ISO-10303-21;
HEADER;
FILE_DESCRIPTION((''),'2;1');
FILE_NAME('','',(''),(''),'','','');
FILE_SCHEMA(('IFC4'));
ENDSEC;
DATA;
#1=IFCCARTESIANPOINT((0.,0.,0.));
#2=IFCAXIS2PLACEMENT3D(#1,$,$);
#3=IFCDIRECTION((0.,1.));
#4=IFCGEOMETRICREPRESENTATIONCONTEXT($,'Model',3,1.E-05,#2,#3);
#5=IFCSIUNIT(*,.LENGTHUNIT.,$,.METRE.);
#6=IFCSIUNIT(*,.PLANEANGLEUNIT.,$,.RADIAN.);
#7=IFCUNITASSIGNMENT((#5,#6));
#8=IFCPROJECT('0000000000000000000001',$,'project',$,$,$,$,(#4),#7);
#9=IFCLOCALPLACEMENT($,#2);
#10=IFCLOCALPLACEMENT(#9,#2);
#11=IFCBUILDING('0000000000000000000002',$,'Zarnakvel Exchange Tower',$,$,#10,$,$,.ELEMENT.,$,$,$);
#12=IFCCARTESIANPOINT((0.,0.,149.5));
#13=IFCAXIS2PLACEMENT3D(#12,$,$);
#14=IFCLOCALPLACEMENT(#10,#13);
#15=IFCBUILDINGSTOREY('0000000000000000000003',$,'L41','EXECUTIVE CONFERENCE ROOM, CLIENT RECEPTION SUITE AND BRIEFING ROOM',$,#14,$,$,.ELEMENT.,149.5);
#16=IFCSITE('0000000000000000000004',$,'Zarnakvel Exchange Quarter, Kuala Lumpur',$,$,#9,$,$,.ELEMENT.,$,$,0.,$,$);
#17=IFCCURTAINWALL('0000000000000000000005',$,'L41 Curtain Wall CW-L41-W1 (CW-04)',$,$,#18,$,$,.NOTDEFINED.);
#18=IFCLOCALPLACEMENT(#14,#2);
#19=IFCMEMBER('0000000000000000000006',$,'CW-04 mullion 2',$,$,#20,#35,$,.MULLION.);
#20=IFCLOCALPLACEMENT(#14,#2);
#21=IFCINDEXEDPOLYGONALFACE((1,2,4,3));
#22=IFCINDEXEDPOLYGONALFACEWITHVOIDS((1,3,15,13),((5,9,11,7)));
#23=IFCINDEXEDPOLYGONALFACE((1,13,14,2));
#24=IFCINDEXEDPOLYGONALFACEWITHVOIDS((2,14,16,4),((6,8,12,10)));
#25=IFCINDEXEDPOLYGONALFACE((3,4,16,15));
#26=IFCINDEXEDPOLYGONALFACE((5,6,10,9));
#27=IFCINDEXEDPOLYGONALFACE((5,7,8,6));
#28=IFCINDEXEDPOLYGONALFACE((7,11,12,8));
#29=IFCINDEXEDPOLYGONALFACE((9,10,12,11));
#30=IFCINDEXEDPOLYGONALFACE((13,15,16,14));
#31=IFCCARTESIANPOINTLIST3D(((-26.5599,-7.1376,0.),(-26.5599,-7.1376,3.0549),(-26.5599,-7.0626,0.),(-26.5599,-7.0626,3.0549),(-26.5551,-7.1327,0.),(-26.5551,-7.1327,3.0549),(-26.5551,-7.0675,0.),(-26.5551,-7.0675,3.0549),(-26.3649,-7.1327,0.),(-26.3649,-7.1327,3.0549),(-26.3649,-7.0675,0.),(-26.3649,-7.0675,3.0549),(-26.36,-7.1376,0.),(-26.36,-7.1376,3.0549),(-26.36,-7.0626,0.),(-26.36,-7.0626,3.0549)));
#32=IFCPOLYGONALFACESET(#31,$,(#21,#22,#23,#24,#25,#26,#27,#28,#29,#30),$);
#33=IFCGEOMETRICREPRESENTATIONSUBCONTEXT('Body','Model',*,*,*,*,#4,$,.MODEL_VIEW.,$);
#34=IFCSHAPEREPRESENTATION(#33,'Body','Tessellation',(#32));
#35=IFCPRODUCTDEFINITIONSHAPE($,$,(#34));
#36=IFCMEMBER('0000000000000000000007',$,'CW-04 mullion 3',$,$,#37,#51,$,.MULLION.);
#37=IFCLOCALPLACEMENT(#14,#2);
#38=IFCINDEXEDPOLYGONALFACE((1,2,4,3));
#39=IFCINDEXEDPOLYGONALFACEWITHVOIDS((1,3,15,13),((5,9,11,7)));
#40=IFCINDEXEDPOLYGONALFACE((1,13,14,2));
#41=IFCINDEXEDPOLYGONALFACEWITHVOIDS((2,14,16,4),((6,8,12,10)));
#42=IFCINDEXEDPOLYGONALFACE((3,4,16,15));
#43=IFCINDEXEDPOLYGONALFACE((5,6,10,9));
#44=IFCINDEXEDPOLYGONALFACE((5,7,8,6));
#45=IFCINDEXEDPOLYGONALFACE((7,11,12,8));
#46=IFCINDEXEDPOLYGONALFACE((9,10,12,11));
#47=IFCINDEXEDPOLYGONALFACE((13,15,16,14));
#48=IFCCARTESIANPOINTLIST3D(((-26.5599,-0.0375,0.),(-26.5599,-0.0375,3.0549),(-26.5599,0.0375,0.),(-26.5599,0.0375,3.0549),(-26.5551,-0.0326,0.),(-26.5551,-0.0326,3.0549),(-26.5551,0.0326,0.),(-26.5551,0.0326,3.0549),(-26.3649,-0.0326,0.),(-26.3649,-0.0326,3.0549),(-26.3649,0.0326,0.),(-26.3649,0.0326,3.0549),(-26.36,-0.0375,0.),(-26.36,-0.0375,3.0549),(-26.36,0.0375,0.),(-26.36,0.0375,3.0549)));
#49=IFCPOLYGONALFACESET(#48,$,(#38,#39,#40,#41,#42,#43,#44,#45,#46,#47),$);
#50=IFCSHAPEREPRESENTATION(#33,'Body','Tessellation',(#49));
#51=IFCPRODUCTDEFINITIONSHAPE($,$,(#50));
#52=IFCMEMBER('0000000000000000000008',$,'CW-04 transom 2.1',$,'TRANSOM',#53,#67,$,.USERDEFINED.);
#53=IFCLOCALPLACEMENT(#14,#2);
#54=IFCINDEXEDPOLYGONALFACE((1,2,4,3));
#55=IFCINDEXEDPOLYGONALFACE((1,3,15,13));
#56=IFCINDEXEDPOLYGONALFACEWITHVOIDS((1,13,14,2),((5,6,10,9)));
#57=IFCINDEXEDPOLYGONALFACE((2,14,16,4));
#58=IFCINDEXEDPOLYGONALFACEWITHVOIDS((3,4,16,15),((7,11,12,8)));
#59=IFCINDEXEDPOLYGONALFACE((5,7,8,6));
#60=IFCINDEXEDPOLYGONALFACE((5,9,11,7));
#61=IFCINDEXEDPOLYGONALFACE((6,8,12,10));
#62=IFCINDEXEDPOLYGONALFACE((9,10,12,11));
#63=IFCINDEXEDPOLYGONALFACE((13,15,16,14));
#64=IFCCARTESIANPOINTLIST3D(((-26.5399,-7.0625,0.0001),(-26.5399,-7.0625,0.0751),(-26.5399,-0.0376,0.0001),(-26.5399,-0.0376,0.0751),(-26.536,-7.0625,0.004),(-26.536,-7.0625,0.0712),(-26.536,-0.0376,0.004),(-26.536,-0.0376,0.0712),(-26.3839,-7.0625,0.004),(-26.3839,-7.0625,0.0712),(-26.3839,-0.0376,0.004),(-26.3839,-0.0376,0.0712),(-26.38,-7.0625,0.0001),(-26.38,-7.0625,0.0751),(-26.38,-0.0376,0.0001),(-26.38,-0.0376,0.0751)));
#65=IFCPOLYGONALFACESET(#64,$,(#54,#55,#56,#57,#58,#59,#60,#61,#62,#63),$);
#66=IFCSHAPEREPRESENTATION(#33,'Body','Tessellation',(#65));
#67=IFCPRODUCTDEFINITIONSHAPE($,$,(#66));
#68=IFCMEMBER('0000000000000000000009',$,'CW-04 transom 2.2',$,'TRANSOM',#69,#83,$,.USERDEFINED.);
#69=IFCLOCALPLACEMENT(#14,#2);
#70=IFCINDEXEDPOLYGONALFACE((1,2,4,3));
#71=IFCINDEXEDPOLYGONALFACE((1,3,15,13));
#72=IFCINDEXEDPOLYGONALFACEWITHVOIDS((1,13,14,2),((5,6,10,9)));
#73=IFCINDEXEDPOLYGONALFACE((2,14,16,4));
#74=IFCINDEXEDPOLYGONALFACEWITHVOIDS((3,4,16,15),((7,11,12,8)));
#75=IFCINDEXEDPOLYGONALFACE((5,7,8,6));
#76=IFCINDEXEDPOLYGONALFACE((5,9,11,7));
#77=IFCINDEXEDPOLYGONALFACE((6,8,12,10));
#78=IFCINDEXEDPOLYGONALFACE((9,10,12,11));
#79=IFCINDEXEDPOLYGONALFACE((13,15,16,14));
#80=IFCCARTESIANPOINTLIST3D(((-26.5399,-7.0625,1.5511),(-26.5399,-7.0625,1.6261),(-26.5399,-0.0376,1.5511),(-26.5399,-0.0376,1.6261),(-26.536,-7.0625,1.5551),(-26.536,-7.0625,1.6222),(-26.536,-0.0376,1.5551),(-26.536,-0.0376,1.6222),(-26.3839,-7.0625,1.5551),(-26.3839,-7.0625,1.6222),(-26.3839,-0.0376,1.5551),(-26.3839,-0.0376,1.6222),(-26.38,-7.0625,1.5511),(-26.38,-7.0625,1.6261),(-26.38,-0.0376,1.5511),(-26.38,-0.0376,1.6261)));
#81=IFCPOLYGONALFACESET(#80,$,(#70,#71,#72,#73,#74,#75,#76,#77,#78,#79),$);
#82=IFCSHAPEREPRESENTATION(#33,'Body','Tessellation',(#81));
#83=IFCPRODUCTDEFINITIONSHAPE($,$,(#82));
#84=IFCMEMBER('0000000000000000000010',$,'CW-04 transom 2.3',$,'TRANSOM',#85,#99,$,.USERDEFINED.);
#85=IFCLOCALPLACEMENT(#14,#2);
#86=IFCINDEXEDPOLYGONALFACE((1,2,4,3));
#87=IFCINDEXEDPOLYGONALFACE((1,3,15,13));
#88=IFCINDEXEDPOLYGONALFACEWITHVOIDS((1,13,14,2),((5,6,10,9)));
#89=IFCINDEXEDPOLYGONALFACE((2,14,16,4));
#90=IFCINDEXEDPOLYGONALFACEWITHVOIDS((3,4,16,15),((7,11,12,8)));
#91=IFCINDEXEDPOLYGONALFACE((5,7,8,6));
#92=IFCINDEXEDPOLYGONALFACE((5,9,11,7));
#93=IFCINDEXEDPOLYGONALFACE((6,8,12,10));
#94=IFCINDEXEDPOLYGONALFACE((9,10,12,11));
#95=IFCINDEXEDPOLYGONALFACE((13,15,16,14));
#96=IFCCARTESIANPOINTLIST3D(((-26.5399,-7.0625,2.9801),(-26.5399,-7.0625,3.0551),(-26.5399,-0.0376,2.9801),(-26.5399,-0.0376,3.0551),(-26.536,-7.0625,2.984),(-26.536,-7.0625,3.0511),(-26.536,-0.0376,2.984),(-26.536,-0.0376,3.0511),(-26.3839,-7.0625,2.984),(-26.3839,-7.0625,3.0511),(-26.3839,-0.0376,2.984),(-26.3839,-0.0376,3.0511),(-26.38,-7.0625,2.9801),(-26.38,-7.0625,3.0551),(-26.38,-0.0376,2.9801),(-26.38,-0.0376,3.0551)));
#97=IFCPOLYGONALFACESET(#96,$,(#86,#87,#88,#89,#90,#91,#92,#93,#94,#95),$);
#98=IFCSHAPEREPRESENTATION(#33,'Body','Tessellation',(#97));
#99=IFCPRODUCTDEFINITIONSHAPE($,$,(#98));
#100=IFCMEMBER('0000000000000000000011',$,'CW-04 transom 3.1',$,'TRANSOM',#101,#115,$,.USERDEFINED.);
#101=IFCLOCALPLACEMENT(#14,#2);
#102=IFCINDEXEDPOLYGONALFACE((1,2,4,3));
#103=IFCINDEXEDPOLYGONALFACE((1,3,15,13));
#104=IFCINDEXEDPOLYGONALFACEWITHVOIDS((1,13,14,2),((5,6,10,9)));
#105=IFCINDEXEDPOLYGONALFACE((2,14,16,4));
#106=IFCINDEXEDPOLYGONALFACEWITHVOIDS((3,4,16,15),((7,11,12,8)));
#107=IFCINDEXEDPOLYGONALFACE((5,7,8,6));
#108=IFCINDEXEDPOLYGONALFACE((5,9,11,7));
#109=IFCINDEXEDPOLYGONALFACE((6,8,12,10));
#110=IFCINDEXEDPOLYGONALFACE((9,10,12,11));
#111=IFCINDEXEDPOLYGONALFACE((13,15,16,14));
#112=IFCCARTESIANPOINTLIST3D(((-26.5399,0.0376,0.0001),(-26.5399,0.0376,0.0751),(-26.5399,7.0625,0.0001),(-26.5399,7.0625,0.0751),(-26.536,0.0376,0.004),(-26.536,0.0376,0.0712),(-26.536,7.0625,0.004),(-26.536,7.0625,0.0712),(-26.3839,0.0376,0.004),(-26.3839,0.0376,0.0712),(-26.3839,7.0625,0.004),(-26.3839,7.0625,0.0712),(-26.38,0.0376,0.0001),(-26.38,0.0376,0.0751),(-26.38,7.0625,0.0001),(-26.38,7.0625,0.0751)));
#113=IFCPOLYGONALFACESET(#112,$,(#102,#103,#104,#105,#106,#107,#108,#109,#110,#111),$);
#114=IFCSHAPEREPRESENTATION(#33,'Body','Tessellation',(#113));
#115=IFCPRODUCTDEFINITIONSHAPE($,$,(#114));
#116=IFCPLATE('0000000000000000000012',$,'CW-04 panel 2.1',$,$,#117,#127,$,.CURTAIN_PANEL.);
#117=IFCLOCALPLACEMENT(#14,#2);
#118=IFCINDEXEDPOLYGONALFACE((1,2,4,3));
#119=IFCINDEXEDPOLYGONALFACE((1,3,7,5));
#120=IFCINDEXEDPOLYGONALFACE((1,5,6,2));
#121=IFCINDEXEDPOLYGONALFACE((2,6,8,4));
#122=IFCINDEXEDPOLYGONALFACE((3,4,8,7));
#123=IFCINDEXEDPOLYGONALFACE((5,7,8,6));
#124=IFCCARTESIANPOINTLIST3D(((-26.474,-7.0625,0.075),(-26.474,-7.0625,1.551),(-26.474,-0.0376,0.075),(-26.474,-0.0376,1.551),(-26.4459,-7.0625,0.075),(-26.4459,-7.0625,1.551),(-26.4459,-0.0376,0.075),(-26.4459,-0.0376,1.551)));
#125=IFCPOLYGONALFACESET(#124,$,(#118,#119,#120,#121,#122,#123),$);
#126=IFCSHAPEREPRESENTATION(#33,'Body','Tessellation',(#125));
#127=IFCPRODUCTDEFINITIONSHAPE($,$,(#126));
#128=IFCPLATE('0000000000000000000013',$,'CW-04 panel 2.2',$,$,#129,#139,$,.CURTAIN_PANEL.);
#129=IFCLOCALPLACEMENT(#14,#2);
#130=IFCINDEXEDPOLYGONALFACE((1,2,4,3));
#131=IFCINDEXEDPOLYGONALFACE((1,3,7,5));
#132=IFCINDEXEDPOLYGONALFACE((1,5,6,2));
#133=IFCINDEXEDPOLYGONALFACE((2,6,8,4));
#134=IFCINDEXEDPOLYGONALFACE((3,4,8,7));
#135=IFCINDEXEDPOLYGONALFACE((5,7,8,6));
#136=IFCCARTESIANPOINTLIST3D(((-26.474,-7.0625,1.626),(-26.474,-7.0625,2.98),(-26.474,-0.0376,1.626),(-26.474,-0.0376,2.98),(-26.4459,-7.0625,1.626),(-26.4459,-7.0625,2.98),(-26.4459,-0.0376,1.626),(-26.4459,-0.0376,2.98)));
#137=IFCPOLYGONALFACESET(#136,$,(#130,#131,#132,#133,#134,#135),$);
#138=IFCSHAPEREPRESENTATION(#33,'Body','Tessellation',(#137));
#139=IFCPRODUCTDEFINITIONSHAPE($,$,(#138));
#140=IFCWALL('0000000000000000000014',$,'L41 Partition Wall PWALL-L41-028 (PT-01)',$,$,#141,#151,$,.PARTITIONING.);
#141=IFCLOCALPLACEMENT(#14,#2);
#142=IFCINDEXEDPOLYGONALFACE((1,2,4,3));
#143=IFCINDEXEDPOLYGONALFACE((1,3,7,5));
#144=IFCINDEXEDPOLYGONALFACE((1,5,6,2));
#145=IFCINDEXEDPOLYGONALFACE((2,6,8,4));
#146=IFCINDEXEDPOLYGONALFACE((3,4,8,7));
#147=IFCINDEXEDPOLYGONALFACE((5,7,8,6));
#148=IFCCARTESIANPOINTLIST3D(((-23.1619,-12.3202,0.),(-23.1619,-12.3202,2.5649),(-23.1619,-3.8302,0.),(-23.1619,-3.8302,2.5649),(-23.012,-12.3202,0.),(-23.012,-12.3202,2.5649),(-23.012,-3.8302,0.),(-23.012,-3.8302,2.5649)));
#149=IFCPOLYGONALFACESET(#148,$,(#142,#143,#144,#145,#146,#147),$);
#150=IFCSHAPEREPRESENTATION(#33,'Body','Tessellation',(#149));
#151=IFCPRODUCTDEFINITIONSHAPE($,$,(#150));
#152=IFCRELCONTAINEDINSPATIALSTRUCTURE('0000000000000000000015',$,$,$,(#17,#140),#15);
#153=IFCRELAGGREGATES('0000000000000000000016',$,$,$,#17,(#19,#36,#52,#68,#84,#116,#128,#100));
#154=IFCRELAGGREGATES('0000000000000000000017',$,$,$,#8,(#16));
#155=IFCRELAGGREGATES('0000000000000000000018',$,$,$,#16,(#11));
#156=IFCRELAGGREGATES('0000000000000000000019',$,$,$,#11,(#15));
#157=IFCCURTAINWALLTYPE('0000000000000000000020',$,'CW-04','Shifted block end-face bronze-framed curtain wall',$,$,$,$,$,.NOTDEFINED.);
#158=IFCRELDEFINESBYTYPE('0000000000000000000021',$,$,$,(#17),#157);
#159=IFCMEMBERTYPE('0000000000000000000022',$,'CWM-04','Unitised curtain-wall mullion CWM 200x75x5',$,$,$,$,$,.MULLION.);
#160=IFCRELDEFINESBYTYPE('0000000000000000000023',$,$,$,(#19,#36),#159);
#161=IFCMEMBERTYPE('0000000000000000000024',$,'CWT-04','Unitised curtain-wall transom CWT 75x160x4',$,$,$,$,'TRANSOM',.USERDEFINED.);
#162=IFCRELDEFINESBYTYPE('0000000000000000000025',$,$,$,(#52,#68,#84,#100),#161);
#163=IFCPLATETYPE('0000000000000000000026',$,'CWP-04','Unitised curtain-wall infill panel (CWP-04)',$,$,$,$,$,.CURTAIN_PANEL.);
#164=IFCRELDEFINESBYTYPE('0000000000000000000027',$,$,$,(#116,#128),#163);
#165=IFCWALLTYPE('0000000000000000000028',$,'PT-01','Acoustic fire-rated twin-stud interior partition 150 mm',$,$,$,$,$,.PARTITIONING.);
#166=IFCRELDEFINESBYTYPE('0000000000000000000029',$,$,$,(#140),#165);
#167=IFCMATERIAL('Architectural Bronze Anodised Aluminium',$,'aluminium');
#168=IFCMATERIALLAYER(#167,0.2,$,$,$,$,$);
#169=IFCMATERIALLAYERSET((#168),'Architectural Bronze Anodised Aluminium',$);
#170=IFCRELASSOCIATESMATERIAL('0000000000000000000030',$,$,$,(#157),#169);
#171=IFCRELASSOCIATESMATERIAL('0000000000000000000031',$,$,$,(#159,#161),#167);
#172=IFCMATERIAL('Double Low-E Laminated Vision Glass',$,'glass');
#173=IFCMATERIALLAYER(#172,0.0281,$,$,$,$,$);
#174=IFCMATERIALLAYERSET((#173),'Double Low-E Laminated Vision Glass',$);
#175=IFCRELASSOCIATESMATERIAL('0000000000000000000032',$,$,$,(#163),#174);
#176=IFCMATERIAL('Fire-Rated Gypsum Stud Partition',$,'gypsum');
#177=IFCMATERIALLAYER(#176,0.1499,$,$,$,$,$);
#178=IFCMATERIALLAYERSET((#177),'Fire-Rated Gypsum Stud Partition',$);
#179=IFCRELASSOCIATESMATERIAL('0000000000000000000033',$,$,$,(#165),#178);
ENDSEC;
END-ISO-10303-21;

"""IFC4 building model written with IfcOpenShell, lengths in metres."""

from ifc_helpers import new_model, si_unit, direction, frame, frame_2d, origin, origin_2d, place, context, subcontext, project, spatial, rectangle, hollow_rectangle, extrude, source, transform, mapped, material, layer, layer_set, material_profile, profile_set, type_object, element, aggregate, save


model = new_model("IFC4")

# Units and contexts
model_context = context("Model", 3, precision=1e-05, world=origin(), true_north=direction((0.0, 1.0)))
body_context = subcontext(model_context, "Body", "Model", "MODEL_VIEW")
ifc_project = project(units=[si_unit("LENGTHUNIT", "METRE"), si_unit("PLANEANGLEUNIT", "RADIAN")], contexts=[model_context])

# Site, building, storey
site_placement = place(None, origin())
site = spatial("IfcSite", under=ifc_project, at=site_placement, Name="Zarnakvel Exchange Quarter, Kuala Lumpur", CompositionType="ELEMENT", RefElevation=0.0)
building_placement = place(site_placement, origin())
building = spatial("IfcBuilding", under=site, at=building_placement, Name="Zarnakvel Exchange Tower", CompositionType="ELEMENT")
storey_placement = place(building_placement, frame((0.0, 0.0, 149.5)))
storey = spatial("IfcBuildingStorey", under=building, at=storey_placement, Name="L41", Description="EXECUTIVE CONFERENCE ROOM, CLIENT RECEPTION SUITE AND BRIEFING ROOM", CompositionType="ELEMENT", Elevation=149.5)

# Curtain wall, members, plates
ifc_material_1 = material(Name="Architectural Bronze Anodised Aluminium", Category="aluminium")
ifc_layer_1 = layer(ifc_material_1, 0.2)
ifc_layer_set_1 = layer_set([ifc_layer_1], Name="Architectural Bronze Anodised Aluminium")
curtain_wall_type = type_object("IfcCurtainWallType", Name="CW-04", Description="Shifted block end-face bronze-framed curtain wall", PredefinedType="NOTDEFINED", material=ifc_layer_set_1)
curtain_wall_placement = place(storey_placement, origin())
curtain_wall = element("IfcCurtainWall", 1, at=curtain_wall_placement, inside=storey, type_object=curtain_wall_type, Name="L41 Curtain Wall CW-L41-W1 (CW-04)", PredefinedType="NOTDEFINED")
ifc_material_profile_1 = material_profile(ifc_material_1, hollow_rectangle(XDim=0.2, YDim=0.075, WallThickness=0.0049, at=origin_2d()))
ifc_profile_set_1 = profile_set([ifc_material_profile_1], Name="Architectural Bronze Anodised Aluminium")
member_type_1 = type_object("IfcMemberType", Name="CWM-04", Description="Unitised curtain-wall mullion CWM 200x75x5", PredefinedType="MULLION", material=ifc_profile_set_1)
shared_shape_1 = source(origin(), body_context, "Body", "SweptSolid", [
    extrude(hollow_rectangle(XDim=0.2, YDim=0.075, WallThickness=0.0049, at=origin_2d()), origin(), (0.0, 0.0, 1.0), 3.0549),
])
member_1_placement = place(storey_placement, frame((-26.46, -7.1001, 0.0), z_axis=(0.0, 0.0, 1.0), x_axis=(-1.0, 0.0, 0.0)))
member_1 = element("IfcMember", 2, at=member_1_placement, type_object=member_type_1, Name="CW-04 mullion 2", PredefinedType="MULLION", context=body_context, shape_type="MappedRepresentation", body=[
    mapped(shared_shape_1, transform((0.0, 0.0, 0.0), x_axis=(1.0, 0.0, 0.0), y_axis=(0.0, 1.0, 0.0), z_axis=(0.0, 0.0, 1.0), scale=1.0)),
])
member_2_placement = place(storey_placement, frame((-26.46, 0.0, 0.0), z_axis=(0.0, 0.0, 1.0), x_axis=(-1.0, 0.0, 0.0)))
member_2 = element("IfcMember", 3, at=member_2_placement, type_object=member_type_1, Name="CW-04 mullion 3", PredefinedType="MULLION", context=body_context, shape_type="MappedRepresentation", body=[
    mapped(shared_shape_1, transform((0.0, 0.0, 0.0), x_axis=(1.0, 0.0, 0.0), y_axis=(0.0, 1.0, 0.0), z_axis=(0.0, 0.0, 1.0), scale=1.0)),
])
ifc_material_profile_2 = material_profile(ifc_material_1, hollow_rectangle(XDim=0.1599, YDim=0.075, WallThickness=0.0039, at=origin_2d()))
ifc_profile_set_2 = profile_set([ifc_material_profile_2], Name="Architectural Bronze Anodised Aluminium")
member_type_2 = type_object("IfcMemberType", Name="CWT-04", Description="Unitised curtain-wall transom CWT 75x160x4", ElementType="TRANSOM", PredefinedType="USERDEFINED", material=ifc_profile_set_2)
shared_shape_2 = source(origin(), body_context, "Body", "SweptSolid", [
    extrude(hollow_rectangle(XDim=0.1599, YDim=0.075, WallThickness=0.0039, at=origin_2d()), origin(), (0.0, 0.0, 1.0), 7.0249),
])
member_3_placement = place(storey_placement, frame((-26.46, -7.0625, 0.0376), z_axis=(0.0, 1.0, 0.0), x_axis=(-1.0, 0.0, 0.0)))
member_3 = element("IfcMember", 4, at=member_3_placement, type_object=member_type_2, Name="CW-04 transom 2.1", ObjectType="TRANSOM", PredefinedType="USERDEFINED", context=body_context, shape_type="MappedRepresentation", body=[
    mapped(shared_shape_2, transform((0.0, 0.0, 0.0), x_axis=(1.0, 0.0, 0.0), y_axis=(0.0, 1.0, 0.0), z_axis=(0.0, 0.0, 1.0), scale=1.0)),
])
member_4_placement = place(storey_placement, frame((-26.46, -7.0625, 1.5886), z_axis=(0.0, 1.0, 0.0), x_axis=(-1.0, 0.0, 0.0)))
member_4 = element("IfcMember", 5, at=member_4_placement, type_object=member_type_2, Name="CW-04 transom 2.2", ObjectType="TRANSOM", PredefinedType="USERDEFINED", context=body_context, shape_type="MappedRepresentation", body=[
    mapped(shared_shape_2, transform((0.0, 0.0, 0.0), x_axis=(1.0, 0.0, 0.0), y_axis=(0.0, 1.0, 0.0), z_axis=(0.0, 0.0, 1.0), scale=1.0)),
])
member_5_placement = place(storey_placement, frame((-26.46, -7.0625, 3.0176), z_axis=(0.0, 1.0, 0.0), x_axis=(-1.0, 0.0, 0.0)))
member_5 = element("IfcMember", 6, at=member_5_placement, type_object=member_type_2, Name="CW-04 transom 2.3", ObjectType="TRANSOM", PredefinedType="USERDEFINED", context=body_context, shape_type="MappedRepresentation", body=[
    mapped(shared_shape_2, transform((0.0, 0.0, 0.0), x_axis=(1.0, 0.0, 0.0), y_axis=(0.0, 1.0, 0.0), z_axis=(0.0, 0.0, 1.0), scale=1.0)),
])
member_6_placement = place(storey_placement, frame((-26.46, 0.0376, 0.0376), z_axis=(0.0, 1.0, 0.0), x_axis=(-1.0, 0.0, 0.0)))
member_6 = element("IfcMember", 7, at=member_6_placement, type_object=member_type_2, Name="CW-04 transom 3.1", ObjectType="TRANSOM", PredefinedType="USERDEFINED", context=body_context, shape_type="MappedRepresentation", body=[
    mapped(shared_shape_2, transform((0.0, 0.0, 0.0), x_axis=(1.0, 0.0, 0.0), y_axis=(0.0, 1.0, 0.0), z_axis=(0.0, 0.0, 1.0), scale=1.0)),
])
ifc_material_2 = material(Name="Double Low-E Laminated Vision Glass", Category="glass")
ifc_layer_2 = layer(ifc_material_2, 0.0281)
ifc_layer_set_2 = layer_set([ifc_layer_2], Name="Double Low-E Laminated Vision Glass")
plate_type = type_object("IfcPlateType", Name="CWP-04", Description="Unitised curtain-wall infill panel (CWP-04)", PredefinedType="CURTAIN_PANEL", material=ifc_layer_set_2)
shared_shape_3 = source(origin(), body_context, "Body", "SweptSolid", [
    extrude(rectangle(XDim=7.0249, YDim=0.0281, at=origin_2d()), origin(), (0.0, 0.0, 1.0), 1.4761),
])
plate_1_placement = place(storey_placement, frame((-26.46, -3.55, 0.075), z_axis=(0.0, 0.0, 1.0), x_axis=(0.0, 1.0, 0.0)))
plate_1 = element("IfcPlate", 8, at=plate_1_placement, type_object=plate_type, Name="CW-04 panel 2.1", PredefinedType="CURTAIN_PANEL", context=body_context, shape_type="MappedRepresentation", body=[
    mapped(shared_shape_3, transform((0.0, 0.0, 0.0), x_axis=(1.0, 0.0, 0.0), y_axis=(0.0, 1.0, 0.0), z_axis=(0.0, 0.0, 1.0), scale=1.0)),
])
shared_shape_4 = source(origin(), body_context, "Body", "SweptSolid", [
    extrude(rectangle(XDim=7.0249, YDim=0.0281, at=origin_2d()), origin(), (0.0, 0.0, 1.0), 1.354),
])
plate_2_placement = place(storey_placement, frame((-26.46, -3.55, 1.626), z_axis=(0.0, 0.0, 1.0), x_axis=(0.0, 1.0, 0.0)))
plate_2 = element("IfcPlate", 9, at=plate_2_placement, type_object=plate_type, Name="CW-04 panel 2.2", PredefinedType="CURTAIN_PANEL", context=body_context, shape_type="MappedRepresentation", body=[
    mapped(shared_shape_4, transform((0.0, 0.0, 0.0), x_axis=(1.0, 0.0, 0.0), y_axis=(0.0, 1.0, 0.0), z_axis=(0.0, 0.0, 1.0), scale=1.0)),
])
aggregate(curtain_wall, [member_1, member_2, member_3, member_4, member_5, plate_1, plate_2, member_6])

# Shared definitions
ifc_material_3 = material(Name="Fire-Rated Gypsum Stud Partition", Category="gypsum")
ifc_layer_3 = layer(ifc_material_3, 0.1499)
ifc_layer_set_3 = layer_set([ifc_layer_3], Name="Fire-Rated Gypsum Stud Partition")
wall_type = type_object("IfcWallType", Name="PT-01", Description="Acoustic fire-rated twin-stud interior partition 150 mm", PredefinedType="PARTITIONING", material=ifc_layer_set_3)

# Wall
wall_1_placement = place(storey_placement, frame((-23.0869, -3.8301, 0.0), z_axis=(0.0, 0.0, 1.0), x_axis=(0.0, -1.0, 0.0)))
element("IfcWall", 10, at=wall_1_placement, inside=storey, type_object=wall_type, Name="L41 Partition Wall PWALL-L41-028 (PT-01)", PredefinedType="PARTITIONING", context=body_context, shape_type="SweptSolid", body=[
    extrude(rectangle(XDim=8.49, YDim=0.1499, at=frame_2d((4.2451, 0.0))), origin(), (0.0, 0.0, 1.0), 2.5649),
])

save(model, "model.ifc")
